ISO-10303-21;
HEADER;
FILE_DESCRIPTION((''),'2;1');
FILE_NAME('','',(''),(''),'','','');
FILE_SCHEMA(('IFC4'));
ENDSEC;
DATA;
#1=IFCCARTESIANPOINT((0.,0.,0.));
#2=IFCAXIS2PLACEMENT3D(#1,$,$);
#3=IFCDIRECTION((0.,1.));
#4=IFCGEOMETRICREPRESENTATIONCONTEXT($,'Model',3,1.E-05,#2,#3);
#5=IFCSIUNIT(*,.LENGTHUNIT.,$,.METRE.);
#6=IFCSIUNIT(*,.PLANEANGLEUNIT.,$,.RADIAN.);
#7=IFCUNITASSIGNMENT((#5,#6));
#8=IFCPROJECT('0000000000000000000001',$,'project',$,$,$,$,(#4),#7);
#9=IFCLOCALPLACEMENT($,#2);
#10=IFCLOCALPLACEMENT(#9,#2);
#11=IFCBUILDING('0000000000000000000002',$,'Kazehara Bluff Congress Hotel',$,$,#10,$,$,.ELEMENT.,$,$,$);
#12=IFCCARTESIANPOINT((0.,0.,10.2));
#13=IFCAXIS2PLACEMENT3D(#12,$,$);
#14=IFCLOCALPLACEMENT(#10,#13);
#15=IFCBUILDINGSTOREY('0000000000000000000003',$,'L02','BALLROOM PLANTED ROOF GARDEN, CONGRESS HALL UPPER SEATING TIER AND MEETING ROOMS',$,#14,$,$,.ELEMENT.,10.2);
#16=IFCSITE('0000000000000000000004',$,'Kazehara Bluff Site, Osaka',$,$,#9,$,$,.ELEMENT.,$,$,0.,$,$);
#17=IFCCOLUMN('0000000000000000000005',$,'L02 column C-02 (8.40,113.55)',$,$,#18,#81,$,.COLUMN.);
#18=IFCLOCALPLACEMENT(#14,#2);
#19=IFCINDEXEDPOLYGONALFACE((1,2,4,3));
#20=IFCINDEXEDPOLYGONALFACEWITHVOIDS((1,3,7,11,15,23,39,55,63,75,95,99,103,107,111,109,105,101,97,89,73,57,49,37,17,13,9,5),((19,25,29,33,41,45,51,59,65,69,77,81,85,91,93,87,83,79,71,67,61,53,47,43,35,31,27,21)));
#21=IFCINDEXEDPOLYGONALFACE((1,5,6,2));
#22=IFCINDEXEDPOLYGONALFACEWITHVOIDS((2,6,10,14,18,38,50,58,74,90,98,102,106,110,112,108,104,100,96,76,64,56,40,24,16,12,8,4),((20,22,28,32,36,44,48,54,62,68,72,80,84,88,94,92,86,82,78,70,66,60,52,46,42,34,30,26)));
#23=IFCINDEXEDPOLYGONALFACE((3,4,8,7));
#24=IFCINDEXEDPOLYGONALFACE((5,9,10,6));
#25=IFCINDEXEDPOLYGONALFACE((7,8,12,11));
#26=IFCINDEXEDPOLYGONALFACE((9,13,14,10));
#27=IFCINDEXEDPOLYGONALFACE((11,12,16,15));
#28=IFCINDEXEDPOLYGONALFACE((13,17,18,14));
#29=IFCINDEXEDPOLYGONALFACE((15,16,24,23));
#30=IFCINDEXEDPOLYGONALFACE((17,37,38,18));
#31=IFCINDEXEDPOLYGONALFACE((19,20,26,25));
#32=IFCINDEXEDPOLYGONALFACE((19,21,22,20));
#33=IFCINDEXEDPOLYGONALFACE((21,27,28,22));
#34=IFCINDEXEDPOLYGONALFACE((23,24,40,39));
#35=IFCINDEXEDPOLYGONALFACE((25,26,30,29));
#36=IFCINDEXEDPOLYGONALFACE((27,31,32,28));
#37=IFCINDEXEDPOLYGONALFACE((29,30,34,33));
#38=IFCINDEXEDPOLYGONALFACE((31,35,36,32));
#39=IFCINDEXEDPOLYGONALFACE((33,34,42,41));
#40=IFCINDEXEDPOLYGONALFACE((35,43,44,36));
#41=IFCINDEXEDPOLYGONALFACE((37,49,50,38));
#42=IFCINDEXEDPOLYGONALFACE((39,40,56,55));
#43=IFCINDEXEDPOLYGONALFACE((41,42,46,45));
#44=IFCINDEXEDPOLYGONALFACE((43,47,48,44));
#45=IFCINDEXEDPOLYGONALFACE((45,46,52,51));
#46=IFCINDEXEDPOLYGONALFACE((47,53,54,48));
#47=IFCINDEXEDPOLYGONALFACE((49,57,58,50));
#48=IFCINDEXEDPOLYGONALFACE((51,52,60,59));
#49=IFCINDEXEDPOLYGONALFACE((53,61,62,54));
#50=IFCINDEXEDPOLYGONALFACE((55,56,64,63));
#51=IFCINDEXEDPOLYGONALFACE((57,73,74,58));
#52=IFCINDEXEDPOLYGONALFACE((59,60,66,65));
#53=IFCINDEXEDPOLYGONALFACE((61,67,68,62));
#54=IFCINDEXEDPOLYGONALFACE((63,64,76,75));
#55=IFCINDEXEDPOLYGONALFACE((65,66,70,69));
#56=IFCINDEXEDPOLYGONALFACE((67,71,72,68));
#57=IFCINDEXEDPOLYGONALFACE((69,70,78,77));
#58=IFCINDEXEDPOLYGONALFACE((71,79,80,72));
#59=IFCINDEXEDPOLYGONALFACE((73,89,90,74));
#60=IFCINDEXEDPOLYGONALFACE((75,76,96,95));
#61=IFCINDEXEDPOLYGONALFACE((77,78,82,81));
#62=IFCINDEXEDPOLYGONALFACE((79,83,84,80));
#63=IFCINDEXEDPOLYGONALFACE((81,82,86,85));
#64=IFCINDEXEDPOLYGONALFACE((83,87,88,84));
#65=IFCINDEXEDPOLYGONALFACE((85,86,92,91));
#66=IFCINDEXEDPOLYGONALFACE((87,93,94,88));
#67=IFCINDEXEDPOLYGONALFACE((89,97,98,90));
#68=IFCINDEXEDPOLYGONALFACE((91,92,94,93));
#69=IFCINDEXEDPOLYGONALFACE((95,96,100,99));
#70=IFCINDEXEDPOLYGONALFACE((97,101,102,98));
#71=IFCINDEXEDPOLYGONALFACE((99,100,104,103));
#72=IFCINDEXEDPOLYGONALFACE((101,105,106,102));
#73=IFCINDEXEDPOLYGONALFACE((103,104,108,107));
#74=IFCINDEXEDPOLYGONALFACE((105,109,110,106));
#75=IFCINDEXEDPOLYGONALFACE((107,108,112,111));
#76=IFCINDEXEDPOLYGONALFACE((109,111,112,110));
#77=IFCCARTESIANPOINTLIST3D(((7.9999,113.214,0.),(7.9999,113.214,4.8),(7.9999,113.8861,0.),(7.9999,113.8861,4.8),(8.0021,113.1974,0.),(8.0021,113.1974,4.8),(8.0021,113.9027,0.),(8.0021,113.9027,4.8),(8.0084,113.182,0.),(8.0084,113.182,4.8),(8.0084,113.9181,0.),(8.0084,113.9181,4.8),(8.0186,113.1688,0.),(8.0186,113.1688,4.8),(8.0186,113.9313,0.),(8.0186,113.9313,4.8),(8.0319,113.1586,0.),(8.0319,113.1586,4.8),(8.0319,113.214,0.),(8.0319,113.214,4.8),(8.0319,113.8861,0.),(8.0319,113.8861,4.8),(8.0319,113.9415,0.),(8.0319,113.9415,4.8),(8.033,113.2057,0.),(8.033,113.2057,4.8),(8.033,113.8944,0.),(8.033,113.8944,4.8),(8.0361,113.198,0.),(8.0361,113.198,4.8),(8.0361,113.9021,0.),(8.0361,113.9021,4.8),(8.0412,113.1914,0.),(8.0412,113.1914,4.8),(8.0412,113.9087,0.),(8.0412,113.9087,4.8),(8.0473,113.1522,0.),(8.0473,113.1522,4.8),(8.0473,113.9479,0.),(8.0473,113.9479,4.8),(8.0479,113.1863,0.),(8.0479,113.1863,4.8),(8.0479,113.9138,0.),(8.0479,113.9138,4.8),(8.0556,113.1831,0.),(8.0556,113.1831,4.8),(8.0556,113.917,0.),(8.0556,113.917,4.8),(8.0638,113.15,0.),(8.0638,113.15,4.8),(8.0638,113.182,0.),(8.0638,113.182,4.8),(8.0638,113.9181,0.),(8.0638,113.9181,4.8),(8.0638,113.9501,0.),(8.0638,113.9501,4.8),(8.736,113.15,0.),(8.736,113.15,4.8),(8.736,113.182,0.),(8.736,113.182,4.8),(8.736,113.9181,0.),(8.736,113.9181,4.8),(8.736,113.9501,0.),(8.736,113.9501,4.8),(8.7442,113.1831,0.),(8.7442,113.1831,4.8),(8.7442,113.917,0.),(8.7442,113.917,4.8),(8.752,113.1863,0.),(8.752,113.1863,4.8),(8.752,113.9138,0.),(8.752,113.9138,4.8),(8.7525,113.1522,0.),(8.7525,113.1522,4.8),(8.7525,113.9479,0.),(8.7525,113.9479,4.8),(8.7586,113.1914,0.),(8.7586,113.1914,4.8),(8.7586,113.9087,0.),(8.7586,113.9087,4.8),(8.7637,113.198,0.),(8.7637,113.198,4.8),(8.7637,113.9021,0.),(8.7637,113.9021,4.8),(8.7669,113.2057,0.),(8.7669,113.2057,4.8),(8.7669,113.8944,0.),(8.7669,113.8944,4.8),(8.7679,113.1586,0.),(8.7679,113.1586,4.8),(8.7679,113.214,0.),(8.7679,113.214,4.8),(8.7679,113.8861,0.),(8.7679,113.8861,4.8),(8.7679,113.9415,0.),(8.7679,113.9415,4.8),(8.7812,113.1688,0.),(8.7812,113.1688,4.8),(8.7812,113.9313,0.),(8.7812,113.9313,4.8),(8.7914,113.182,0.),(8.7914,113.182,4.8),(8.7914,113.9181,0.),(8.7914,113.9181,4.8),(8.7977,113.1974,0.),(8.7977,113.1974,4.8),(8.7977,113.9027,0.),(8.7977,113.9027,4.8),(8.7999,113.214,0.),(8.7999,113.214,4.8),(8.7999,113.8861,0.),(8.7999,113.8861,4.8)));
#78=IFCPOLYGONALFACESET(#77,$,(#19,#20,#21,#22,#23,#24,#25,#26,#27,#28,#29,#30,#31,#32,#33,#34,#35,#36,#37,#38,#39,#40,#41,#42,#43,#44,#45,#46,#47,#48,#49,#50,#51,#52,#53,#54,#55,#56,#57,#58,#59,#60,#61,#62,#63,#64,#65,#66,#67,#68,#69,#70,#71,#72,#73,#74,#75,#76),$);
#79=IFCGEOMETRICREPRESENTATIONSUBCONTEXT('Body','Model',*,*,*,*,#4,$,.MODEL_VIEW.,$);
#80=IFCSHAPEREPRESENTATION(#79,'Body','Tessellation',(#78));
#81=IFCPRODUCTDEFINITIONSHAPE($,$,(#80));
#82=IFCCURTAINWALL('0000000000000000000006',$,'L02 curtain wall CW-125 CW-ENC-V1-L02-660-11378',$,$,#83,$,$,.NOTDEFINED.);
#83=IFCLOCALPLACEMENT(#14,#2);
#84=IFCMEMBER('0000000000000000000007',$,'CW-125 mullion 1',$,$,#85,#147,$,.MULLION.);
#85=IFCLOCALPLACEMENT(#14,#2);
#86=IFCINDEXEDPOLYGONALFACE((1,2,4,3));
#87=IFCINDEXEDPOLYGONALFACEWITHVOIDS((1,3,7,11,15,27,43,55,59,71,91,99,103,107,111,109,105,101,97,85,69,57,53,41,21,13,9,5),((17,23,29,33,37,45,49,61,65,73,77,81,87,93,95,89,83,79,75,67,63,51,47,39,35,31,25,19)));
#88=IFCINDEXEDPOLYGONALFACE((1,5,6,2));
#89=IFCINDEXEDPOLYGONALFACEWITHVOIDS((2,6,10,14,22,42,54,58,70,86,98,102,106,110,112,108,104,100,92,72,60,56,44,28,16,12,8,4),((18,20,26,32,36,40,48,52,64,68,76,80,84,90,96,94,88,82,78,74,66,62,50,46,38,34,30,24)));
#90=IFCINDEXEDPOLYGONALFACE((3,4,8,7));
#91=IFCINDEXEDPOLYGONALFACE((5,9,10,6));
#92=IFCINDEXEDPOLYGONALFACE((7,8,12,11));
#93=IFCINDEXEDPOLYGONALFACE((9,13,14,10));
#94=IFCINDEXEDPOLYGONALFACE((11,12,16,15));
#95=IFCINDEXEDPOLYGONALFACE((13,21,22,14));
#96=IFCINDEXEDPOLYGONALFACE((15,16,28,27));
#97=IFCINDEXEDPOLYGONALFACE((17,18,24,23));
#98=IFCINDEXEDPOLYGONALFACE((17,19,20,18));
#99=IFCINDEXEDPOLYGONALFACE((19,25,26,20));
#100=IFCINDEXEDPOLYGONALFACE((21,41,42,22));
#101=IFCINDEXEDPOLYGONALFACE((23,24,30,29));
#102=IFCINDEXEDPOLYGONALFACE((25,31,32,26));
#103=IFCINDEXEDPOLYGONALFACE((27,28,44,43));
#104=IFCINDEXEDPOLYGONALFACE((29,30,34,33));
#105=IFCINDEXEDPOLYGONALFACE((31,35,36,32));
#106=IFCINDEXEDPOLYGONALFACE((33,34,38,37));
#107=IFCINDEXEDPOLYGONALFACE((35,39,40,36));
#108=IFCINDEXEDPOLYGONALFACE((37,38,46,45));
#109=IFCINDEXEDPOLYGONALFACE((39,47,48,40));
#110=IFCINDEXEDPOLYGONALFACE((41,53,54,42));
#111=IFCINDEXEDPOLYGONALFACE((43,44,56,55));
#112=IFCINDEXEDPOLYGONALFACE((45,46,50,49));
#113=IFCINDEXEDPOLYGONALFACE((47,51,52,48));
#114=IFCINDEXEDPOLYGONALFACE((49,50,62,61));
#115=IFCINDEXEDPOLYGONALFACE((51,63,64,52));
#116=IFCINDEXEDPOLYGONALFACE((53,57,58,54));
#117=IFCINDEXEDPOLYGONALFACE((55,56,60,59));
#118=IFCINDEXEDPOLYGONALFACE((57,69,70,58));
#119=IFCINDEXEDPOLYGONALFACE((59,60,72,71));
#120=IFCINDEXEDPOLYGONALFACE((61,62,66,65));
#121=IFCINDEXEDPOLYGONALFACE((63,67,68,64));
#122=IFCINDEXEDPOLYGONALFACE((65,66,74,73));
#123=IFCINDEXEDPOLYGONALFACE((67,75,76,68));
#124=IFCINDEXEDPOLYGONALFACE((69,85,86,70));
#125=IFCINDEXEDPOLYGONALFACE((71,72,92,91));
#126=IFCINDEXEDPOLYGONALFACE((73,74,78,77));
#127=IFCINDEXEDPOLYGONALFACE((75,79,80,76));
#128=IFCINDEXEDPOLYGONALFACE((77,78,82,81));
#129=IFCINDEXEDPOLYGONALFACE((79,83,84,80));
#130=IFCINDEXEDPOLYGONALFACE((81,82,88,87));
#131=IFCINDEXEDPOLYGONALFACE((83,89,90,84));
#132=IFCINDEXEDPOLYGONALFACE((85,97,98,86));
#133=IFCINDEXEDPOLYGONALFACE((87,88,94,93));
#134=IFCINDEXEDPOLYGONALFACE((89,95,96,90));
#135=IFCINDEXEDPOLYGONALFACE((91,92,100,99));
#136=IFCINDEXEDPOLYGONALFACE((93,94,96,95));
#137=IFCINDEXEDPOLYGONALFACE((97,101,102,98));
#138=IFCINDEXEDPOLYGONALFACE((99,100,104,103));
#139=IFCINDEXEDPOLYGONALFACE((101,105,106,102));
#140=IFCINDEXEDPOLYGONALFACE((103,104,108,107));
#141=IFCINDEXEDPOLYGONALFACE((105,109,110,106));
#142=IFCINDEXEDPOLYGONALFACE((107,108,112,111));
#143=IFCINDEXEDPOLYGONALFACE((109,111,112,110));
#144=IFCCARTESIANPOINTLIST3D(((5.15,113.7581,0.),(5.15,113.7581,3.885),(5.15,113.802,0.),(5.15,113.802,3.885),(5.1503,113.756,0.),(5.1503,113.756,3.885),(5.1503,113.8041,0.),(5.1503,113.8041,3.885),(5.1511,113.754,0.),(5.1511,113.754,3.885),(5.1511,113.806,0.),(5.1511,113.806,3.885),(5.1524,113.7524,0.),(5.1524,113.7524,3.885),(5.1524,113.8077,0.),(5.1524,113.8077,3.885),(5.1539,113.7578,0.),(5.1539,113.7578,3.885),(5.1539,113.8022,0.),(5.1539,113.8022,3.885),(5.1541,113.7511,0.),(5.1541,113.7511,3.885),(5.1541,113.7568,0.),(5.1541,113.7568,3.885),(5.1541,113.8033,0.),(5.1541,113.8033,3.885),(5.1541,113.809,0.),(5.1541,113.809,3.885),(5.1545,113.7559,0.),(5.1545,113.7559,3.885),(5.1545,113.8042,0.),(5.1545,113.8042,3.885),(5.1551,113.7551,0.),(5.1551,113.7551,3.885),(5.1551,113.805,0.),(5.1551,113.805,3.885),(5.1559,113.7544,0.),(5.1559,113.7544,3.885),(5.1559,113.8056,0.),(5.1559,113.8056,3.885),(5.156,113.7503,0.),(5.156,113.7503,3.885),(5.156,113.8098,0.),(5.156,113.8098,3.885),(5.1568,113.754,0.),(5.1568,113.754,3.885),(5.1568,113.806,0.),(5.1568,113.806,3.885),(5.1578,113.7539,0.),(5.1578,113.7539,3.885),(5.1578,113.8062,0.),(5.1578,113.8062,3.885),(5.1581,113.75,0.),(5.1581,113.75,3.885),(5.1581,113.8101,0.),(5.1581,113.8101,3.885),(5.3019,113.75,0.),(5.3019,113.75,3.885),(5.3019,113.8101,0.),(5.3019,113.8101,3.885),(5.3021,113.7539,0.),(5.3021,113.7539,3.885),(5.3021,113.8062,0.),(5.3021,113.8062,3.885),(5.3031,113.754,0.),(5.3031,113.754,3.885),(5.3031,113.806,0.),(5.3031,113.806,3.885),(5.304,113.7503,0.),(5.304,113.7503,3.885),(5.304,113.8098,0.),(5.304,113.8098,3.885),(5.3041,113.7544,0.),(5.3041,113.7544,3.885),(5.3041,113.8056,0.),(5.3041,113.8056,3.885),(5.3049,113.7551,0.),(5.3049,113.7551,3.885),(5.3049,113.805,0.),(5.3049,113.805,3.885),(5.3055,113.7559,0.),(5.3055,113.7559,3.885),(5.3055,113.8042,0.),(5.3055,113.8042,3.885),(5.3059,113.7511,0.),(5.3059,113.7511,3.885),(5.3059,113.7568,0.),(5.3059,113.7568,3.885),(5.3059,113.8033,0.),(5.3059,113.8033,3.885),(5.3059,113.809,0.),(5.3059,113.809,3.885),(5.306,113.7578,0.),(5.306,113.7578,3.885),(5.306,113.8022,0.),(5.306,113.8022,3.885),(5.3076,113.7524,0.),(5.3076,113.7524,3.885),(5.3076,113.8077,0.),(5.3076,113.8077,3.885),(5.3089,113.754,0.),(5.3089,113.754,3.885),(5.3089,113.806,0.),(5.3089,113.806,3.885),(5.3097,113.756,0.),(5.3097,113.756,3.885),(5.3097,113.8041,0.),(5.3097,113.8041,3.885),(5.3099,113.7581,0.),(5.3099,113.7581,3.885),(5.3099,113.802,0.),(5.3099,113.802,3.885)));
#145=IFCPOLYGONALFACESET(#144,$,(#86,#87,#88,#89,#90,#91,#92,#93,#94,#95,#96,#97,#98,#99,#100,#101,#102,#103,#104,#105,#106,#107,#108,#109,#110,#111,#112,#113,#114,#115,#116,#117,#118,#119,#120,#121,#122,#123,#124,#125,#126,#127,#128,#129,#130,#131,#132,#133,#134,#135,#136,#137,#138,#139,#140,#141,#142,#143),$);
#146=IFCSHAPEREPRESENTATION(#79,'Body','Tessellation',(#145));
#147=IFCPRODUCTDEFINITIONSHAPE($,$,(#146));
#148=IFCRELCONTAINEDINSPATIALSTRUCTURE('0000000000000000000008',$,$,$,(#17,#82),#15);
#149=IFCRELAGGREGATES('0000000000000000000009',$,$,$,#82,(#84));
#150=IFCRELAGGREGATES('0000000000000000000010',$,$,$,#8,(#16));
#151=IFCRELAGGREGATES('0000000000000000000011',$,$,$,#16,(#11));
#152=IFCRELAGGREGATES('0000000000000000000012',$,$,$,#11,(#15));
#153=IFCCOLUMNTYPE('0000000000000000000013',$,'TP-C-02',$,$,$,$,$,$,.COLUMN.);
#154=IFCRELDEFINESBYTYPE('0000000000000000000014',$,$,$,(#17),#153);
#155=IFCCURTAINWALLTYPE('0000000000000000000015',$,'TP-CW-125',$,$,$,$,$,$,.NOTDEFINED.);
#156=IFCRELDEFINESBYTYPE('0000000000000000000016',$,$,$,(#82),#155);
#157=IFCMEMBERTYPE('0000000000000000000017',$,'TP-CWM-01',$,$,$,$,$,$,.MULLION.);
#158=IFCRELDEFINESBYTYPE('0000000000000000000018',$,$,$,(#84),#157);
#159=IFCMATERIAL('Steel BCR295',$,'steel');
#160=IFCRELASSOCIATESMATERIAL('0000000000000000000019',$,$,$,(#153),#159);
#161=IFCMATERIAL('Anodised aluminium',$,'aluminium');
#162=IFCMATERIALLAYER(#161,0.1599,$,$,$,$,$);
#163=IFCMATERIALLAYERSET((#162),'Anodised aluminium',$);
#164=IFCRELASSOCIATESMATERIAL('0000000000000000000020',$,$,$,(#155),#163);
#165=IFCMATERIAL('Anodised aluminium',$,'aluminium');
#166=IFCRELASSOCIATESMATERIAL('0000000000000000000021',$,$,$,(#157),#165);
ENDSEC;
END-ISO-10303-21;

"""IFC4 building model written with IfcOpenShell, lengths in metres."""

from ifc_helpers import new_model, si_unit, direction, frame, origin, origin_2d, place, context, subcontext, project, spatial, hollow_rectangle, extrude, material, layer, layer_set, material_profile, profile_set, type_object, element, aggregate, save


model = new_model("IFC4")

# Units and contexts
model_context = context("Model", 3, precision=1e-05, world=origin(), true_north=direction((0.0, 1.0)))
body_context = subcontext(model_context, "Body", "Model", "MODEL_VIEW")
ifc_project = project(units=[si_unit("LENGTHUNIT", "METRE"), si_unit("PLANEANGLEUNIT", "RADIAN")], contexts=[model_context])

# Site, building, storey
site_placement = place(None, origin())
site = spatial("IfcSite", under=ifc_project, at=site_placement, Name="Kazehara Bluff Site, Osaka", CompositionType="ELEMENT", RefElevation=0.0)
building_placement = place(site_placement, origin())
building = spatial("IfcBuilding", under=site, at=building_placement, Name="Kazehara Bluff Congress Hotel", CompositionType="ELEMENT")
storey_placement = place(building_placement, frame((0.0, 0.0, 10.2)))
storey = spatial("IfcBuildingStorey", under=building, at=storey_placement, Name="L02", Description="BALLROOM PLANTED ROOF GARDEN, CONGRESS HALL UPPER SEATING TIER AND MEETING ROOMS", CompositionType="ELEMENT", Elevation=10.2)

# Column
ifc_material_1 = material(Name="Steel BCR295", Category="steel")
ifc_material_profile_1 = material_profile(ifc_material_1, hollow_rectangle(XDim=0.8, YDim=0.8, WallThickness=0.032, InnerFilletRadius=0.032, OuterFilletRadius=0.064, at=origin_2d()))
ifc_profile_set_1 = profile_set([ifc_material_profile_1], Name="Steel BCR295")
column_type = type_object("IfcColumnType", Name="TP-C-02", PredefinedType="COLUMN", material=ifc_profile_set_1)
for number, where, z_axis, x_axis, name in (
    (1, (8.3999, 113.55, 0.0), (0.0, 0.0, 1.0), (1.0, 0.0, 0.0), "L02 column C-02 (8.40,113.55)"),
):
    element("IfcColumn", number, at=place(storey_placement, frame(where, z_axis=z_axis, x_axis=x_axis)), inside=storey, type_object=column_type, Name=name, PredefinedType="COLUMN", context=body_context, shape_type="SweptSolid", body=[
        extrude(hollow_rectangle(XDim=0.8, YDim=0.8, WallThickness=0.032, InnerFilletRadius=0.032, OuterFilletRadius=0.064, at=origin_2d()), origin(), (0.0, 0.0, 1.0), 4.8),
    ])

# Curtain wall, member
ifc_material_2 = material(Name="Anodised aluminium", Category="aluminium")
ifc_layer_1 = layer(ifc_material_2, 0.1599)
ifc_layer_set_1 = layer_set([ifc_layer_1], Name="Anodised aluminium")
curtain_wall_type = type_object("IfcCurtainWallType", Name="TP-CW-125", PredefinedType="NOTDEFINED", material=ifc_layer_set_1)
curtain_wall_placement = place(storey_placement, origin())
curtain_wall = element("IfcCurtainWall", 2, at=curtain_wall_placement, inside=storey, type_object=curtain_wall_type, Name="L02 curtain wall CW-125 CW-ENC-V1-L02-660-11378", PredefinedType="NOTDEFINED")
ifc_material_3 = material(Name="Anodised aluminium", Category="aluminium")
ifc_material_profile_2 = material_profile(ifc_material_3, hollow_rectangle(XDim=0.0601, YDim=0.1599, WallThickness=0.0039, InnerFilletRadius=0.0039, OuterFilletRadius=0.0081, at=origin_2d()))
ifc_profile_set_2 = profile_set([ifc_material_profile_2], Name="Anodised aluminium")
member_type_1 = type_object("IfcMemberType", Name="TP-CWM-01", PredefinedType="MULLION", material=ifc_profile_set_2)
member_1_placement = place(storey_placement, frame((5.23, 113.78, 0.0), z_axis=(0.0, 0.0, 1.0), x_axis=(0.0, 1.0, 0.0)))
member_1 = element("IfcMember", 3, at=member_1_placement, type_object=member_type_1, Name="CW-125 mullion 1", PredefinedType="MULLION", context=body_context, shape_type="SweptSolid", body=[
    extrude(hollow_rectangle(XDim=0.0601, YDim=0.1599, WallThickness=0.0039, InnerFilletRadius=0.0039, OuterFilletRadius=0.0081, at=origin_2d()), origin(), (0.0, 0.0, 1.0), 3.885),
])

aggregate(curtain_wall, [member_1])

save(model, "model.ifc")
